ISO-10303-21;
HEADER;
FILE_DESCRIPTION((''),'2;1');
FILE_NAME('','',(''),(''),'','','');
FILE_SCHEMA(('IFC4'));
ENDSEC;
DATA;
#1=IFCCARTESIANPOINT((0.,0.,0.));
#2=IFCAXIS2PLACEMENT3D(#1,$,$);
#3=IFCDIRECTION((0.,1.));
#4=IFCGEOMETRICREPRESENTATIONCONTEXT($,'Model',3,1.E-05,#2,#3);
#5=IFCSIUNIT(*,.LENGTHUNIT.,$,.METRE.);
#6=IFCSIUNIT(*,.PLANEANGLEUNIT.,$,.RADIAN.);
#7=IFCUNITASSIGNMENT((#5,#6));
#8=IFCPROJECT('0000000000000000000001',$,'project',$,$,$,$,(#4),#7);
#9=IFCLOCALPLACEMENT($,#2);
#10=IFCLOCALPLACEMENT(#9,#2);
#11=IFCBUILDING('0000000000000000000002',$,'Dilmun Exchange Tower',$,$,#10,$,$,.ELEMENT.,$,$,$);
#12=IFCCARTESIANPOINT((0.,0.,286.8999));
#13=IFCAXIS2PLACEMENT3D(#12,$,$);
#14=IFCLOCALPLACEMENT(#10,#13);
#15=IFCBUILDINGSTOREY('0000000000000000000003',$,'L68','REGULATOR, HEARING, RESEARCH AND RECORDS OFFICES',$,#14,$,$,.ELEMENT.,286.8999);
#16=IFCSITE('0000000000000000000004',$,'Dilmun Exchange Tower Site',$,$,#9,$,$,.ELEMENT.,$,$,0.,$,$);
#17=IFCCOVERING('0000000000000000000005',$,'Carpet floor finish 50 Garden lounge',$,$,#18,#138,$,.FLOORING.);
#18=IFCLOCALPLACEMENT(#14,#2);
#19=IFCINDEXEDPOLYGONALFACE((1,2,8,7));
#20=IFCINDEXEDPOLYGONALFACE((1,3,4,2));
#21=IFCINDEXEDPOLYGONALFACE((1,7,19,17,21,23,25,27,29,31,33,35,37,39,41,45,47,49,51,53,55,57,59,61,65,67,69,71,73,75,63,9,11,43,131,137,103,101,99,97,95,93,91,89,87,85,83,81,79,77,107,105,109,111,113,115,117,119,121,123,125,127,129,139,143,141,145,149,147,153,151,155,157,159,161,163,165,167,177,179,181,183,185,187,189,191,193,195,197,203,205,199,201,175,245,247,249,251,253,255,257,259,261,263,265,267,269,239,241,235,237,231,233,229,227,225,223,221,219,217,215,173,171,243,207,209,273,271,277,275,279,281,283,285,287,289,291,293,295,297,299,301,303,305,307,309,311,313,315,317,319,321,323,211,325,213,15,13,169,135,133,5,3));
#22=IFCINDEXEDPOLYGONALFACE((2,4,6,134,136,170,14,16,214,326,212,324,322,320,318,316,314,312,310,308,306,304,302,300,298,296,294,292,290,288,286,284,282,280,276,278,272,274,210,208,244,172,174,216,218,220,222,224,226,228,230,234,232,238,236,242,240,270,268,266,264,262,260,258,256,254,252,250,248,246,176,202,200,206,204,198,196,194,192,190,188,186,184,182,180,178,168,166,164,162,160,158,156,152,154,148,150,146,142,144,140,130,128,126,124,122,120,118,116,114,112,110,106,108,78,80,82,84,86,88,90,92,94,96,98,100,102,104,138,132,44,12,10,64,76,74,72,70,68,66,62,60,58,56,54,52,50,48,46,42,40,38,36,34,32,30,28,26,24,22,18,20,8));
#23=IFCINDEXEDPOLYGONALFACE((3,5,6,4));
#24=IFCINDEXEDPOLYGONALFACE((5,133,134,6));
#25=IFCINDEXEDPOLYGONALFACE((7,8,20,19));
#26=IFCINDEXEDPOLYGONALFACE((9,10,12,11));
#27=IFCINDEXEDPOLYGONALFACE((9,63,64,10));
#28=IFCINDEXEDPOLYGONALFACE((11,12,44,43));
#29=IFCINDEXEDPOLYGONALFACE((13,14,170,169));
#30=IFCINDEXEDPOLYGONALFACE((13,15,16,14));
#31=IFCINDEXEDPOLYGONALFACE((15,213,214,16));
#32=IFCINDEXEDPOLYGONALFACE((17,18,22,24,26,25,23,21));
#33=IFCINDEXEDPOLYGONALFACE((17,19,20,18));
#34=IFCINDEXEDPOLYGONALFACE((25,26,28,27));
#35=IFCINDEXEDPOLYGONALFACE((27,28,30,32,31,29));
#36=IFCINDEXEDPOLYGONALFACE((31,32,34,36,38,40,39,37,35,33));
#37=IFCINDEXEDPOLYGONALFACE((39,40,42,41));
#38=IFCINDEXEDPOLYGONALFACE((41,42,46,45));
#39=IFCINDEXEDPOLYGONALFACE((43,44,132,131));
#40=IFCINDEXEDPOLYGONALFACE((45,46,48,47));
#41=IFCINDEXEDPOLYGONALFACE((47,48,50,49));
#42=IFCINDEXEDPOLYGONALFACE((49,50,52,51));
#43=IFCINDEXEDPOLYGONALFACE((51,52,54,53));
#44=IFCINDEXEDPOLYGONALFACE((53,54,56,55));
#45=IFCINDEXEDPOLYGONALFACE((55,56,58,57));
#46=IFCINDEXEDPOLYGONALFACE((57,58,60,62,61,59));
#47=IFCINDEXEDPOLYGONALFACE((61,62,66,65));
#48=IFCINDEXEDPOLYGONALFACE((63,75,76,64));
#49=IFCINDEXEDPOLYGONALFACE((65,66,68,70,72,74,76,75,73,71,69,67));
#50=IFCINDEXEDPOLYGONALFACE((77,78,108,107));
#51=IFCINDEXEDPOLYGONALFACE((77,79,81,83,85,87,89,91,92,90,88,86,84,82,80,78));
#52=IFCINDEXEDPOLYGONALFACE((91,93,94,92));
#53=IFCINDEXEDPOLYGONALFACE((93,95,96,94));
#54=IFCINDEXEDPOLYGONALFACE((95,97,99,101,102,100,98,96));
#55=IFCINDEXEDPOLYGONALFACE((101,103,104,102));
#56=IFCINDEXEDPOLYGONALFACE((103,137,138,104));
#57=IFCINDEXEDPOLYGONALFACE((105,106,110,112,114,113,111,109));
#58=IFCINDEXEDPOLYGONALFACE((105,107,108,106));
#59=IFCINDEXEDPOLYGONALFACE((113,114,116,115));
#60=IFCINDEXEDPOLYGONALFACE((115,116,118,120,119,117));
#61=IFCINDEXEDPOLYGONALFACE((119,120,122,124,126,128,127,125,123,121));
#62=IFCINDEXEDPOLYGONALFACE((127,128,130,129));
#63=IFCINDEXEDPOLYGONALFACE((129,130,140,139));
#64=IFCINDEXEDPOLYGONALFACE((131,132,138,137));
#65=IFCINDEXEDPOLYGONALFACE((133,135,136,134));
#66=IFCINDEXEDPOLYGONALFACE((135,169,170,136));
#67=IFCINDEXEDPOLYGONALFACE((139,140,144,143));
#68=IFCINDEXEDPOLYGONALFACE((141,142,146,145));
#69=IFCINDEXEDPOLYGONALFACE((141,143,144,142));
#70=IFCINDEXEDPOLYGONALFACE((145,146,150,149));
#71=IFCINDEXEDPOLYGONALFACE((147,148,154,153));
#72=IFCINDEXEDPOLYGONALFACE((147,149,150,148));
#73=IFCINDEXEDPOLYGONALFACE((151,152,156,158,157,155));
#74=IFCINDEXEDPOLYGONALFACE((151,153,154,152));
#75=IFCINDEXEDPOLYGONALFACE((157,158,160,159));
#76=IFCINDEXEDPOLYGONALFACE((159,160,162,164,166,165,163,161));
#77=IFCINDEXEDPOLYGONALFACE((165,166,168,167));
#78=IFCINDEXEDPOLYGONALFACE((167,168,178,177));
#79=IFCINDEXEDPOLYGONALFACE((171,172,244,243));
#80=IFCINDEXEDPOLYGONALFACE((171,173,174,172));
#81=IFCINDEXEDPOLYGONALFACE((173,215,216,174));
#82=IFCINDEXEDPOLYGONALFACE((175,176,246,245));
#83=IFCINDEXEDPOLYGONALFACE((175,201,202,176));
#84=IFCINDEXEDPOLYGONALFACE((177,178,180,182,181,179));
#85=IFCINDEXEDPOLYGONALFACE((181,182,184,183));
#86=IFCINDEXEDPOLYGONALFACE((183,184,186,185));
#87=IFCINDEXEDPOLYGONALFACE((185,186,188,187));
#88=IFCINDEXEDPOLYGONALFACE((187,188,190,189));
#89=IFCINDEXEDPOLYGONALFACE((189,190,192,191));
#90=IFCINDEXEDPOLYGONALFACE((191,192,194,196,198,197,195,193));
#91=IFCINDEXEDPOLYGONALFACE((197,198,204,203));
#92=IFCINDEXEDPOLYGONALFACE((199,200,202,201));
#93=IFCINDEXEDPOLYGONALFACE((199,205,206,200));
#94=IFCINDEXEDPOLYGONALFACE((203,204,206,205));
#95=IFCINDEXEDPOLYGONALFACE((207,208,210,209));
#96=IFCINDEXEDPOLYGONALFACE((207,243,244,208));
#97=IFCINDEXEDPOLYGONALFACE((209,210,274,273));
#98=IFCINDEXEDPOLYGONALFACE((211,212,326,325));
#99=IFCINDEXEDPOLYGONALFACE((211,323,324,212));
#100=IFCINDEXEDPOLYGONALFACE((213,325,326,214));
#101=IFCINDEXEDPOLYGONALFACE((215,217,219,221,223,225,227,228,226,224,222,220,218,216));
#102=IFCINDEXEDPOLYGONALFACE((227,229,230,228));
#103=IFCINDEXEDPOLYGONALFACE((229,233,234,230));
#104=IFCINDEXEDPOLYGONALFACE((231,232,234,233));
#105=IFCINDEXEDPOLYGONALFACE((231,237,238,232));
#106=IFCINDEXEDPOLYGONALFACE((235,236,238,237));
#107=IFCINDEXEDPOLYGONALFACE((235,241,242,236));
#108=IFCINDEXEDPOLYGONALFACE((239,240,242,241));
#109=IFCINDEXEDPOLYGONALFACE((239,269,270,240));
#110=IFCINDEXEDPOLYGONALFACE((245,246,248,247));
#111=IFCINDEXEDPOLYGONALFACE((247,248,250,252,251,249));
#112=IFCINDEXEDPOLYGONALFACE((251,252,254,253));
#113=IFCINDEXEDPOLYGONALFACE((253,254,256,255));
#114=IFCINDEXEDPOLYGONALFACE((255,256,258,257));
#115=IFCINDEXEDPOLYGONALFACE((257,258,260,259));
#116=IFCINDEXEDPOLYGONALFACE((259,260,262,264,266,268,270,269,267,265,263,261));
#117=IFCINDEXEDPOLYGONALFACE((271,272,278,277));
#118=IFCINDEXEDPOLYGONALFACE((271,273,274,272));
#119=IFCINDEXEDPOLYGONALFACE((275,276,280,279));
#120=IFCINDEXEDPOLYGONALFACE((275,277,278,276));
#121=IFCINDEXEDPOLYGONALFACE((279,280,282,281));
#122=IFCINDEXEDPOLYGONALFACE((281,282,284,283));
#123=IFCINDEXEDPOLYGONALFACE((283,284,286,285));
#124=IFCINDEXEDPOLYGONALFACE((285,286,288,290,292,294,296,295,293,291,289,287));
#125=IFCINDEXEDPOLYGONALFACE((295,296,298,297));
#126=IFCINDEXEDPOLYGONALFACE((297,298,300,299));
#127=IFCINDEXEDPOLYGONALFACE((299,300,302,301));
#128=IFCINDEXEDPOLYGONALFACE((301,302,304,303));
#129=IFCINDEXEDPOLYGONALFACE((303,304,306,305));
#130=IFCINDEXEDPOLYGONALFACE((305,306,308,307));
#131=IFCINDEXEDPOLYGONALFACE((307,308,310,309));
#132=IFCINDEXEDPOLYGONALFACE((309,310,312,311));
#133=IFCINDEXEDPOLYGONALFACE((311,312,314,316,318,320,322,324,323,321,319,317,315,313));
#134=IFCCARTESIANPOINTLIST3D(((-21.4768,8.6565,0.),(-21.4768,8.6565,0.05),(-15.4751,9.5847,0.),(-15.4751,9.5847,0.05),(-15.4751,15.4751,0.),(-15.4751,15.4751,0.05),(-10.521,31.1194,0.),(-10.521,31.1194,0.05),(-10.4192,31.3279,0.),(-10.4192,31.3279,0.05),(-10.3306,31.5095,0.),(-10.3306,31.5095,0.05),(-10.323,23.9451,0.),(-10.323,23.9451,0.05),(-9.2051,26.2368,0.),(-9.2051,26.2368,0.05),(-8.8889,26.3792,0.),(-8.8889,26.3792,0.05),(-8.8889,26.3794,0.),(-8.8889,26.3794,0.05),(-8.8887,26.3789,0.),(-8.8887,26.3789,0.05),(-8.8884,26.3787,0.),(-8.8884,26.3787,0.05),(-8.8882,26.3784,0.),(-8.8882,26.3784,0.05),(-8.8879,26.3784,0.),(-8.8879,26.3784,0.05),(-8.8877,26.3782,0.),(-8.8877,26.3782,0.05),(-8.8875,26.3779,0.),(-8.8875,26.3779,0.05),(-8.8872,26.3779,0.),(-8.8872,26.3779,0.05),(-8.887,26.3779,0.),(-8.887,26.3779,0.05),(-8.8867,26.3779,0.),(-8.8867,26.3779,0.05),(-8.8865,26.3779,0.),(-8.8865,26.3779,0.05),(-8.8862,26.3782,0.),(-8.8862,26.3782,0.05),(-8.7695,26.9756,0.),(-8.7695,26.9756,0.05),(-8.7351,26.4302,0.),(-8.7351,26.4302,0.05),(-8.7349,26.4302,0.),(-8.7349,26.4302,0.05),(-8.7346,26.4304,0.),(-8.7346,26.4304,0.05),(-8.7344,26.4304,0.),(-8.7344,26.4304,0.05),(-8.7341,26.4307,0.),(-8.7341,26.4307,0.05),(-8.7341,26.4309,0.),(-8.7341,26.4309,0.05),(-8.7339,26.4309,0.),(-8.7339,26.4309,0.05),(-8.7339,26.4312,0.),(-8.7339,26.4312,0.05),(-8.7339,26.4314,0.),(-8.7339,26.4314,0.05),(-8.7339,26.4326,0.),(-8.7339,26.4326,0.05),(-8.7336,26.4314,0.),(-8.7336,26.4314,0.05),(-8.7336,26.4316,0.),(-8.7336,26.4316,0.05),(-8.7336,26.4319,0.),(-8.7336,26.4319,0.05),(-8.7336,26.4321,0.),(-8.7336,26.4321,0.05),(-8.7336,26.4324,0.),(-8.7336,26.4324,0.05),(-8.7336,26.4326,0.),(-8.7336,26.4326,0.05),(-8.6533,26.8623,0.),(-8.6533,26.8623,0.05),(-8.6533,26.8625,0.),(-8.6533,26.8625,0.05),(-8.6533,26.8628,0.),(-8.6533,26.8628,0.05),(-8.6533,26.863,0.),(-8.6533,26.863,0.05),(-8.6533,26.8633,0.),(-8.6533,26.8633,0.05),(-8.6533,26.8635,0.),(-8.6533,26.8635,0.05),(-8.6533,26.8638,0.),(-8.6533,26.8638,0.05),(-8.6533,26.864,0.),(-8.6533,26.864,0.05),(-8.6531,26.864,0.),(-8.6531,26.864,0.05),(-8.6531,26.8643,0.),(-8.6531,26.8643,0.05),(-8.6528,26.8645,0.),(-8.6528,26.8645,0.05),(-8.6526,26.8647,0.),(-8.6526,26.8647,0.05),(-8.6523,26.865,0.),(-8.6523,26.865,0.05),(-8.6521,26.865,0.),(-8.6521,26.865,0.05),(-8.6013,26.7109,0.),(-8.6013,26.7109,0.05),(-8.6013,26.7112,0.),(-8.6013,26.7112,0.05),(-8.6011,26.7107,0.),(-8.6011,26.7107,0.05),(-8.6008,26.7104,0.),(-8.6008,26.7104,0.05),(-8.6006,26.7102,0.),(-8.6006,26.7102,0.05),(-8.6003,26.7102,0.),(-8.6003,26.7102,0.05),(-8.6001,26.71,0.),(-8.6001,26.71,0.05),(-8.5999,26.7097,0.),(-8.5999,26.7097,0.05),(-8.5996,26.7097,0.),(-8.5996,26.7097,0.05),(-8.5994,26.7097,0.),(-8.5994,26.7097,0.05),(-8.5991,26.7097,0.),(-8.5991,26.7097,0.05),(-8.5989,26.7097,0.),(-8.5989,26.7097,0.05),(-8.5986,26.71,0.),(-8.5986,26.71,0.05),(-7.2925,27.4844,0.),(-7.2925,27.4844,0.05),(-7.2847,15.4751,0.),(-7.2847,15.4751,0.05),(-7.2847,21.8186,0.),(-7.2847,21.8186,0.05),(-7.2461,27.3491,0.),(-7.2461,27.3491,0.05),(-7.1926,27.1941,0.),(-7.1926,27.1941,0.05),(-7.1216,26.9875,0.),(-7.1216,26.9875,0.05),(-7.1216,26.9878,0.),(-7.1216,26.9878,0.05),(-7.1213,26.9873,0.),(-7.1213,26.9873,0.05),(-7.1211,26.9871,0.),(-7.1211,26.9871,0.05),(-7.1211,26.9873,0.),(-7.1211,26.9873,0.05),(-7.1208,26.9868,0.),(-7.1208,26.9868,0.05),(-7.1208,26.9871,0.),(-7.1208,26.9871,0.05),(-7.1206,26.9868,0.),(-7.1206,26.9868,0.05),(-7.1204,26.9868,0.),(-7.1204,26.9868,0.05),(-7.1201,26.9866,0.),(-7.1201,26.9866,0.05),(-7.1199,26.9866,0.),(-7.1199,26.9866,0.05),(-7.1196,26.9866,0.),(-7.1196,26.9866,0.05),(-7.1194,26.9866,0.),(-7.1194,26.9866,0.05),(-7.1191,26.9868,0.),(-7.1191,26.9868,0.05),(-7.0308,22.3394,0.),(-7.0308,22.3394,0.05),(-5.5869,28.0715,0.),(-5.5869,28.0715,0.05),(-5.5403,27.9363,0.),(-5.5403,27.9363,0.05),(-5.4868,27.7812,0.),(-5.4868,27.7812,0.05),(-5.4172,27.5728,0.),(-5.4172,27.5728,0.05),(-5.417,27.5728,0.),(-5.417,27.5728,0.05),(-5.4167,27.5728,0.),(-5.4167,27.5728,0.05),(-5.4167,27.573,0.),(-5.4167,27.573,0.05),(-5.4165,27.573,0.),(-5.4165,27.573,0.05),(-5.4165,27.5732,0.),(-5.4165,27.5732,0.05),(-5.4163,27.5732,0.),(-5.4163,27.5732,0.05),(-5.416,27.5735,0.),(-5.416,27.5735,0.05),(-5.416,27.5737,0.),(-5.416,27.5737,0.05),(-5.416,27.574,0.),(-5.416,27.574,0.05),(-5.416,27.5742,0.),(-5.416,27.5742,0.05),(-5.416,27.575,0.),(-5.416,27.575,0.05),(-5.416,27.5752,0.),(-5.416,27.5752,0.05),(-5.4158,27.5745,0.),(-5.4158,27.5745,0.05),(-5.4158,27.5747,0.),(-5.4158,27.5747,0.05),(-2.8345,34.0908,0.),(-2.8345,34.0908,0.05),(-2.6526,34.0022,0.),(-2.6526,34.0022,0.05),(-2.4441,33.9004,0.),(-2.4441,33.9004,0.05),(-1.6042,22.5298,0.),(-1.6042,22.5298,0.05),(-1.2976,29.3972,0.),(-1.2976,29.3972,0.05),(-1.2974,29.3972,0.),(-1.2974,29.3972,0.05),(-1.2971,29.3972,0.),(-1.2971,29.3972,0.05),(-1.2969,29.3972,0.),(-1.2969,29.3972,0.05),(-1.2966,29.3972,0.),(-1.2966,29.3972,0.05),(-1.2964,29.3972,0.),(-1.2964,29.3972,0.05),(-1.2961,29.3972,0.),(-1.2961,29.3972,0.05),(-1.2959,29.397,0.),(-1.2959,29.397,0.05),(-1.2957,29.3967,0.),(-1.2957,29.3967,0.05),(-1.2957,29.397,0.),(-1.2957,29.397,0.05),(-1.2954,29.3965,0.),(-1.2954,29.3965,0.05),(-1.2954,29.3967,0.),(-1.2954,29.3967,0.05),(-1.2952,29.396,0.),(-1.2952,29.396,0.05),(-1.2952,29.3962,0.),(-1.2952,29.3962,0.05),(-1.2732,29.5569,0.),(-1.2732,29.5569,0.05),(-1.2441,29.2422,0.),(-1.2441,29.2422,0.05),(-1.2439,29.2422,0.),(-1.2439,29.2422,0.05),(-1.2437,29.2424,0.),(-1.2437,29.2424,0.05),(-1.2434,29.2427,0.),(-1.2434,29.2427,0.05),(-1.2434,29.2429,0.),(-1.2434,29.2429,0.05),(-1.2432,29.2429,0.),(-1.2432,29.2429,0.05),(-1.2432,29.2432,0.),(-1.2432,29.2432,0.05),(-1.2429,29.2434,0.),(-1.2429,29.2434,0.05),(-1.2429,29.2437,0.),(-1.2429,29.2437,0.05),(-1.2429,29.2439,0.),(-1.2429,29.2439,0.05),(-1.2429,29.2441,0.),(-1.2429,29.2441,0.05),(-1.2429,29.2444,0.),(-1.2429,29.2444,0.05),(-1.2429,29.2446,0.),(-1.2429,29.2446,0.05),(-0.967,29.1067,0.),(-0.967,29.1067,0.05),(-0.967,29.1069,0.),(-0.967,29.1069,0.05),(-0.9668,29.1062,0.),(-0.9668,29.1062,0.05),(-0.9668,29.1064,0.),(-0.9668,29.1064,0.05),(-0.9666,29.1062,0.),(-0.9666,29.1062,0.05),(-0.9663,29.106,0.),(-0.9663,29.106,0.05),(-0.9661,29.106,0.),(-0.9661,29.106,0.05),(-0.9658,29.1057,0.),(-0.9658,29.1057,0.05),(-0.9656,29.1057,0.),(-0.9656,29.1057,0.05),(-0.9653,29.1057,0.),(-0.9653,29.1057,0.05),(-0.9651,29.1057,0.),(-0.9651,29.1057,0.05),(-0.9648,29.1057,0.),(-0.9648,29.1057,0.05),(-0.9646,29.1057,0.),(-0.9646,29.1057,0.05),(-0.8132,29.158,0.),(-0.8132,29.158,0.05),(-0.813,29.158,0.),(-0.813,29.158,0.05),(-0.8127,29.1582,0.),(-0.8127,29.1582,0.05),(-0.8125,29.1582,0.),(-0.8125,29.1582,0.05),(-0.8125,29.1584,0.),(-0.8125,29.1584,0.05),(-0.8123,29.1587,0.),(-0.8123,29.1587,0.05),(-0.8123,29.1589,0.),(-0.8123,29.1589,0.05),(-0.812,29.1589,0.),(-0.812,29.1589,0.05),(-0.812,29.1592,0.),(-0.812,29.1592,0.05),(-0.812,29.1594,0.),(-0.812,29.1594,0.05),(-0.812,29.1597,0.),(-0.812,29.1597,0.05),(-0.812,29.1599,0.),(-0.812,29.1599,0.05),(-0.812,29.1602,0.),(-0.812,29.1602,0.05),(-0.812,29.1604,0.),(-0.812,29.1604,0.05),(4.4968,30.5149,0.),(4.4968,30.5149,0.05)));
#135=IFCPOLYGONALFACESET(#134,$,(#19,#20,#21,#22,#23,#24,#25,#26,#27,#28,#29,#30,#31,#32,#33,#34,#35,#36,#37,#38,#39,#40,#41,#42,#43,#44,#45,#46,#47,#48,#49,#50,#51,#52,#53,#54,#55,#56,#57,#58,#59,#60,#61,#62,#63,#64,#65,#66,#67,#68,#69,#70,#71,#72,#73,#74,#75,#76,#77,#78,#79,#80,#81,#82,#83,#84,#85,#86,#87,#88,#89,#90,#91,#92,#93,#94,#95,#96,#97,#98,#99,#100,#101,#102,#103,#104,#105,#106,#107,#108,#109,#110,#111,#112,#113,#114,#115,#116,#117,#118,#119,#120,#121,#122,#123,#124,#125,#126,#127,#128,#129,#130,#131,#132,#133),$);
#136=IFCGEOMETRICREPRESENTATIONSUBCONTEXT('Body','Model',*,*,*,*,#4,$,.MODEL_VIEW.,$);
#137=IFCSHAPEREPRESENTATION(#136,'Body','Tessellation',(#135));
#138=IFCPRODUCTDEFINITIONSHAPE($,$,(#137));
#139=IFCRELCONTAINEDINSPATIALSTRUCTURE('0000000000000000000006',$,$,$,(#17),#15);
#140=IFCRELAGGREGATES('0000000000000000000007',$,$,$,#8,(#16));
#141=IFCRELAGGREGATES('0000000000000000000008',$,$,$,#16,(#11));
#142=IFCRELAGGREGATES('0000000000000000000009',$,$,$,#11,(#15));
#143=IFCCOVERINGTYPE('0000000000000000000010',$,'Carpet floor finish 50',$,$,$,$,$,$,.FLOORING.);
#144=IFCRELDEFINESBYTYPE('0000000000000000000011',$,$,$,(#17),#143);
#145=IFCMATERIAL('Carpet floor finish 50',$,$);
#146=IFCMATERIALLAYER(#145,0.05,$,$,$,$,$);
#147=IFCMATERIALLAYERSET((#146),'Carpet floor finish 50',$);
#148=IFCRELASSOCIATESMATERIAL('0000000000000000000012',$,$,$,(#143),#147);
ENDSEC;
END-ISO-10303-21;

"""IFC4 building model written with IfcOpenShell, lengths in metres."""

from ifc_helpers import new_model, si_unit, direction, frame, origin, place, context, subcontext, project, spatial, polyline, outline, extrude, material, layer, layer_set, type_object, element, save


model = new_model("IFC4")

# Units and contexts
model_context = context("Model", 3, precision=1e-05, world=origin(), true_north=direction((0.0, 1.0)))
body_context = subcontext(model_context, "Body", "Model", "MODEL_VIEW")
ifc_project = project(units=[si_unit("LENGTHUNIT", "METRE"), si_unit("PLANEANGLEUNIT", "RADIAN")], contexts=[model_context])

# Site, building, storey
site_placement = place(None, origin())
site = spatial("IfcSite", under=ifc_project, at=site_placement, Name="Dilmun Exchange Tower Site", CompositionType="ELEMENT", RefElevation=0.0)
building_placement = place(site_placement, origin())
building = spatial("IfcBuilding", under=site, at=building_placement, Name="Dilmun Exchange Tower", CompositionType="ELEMENT")
storey_placement = place(building_placement, frame((0.0, 0.0, 286.8999)))
storey = spatial("IfcBuildingStorey", under=building, at=storey_placement, Name="L68", Description="REGULATOR, HEARING, RESEARCH AND RECORDS OFFICES", CompositionType="ELEMENT", Elevation=286.8999)

# Covering
ifc_material_1 = material(Name="Carpet floor finish 50")
ifc_layer_1 = layer(ifc_material_1, 0.05)
ifc_layer_set_1 = layer_set([ifc_layer_1], Name="Carpet floor finish 50")
covering_type_1 = type_object("IfcCoveringType", Name="Carpet floor finish 50", PredefinedType="FLOORING", material=ifc_layer_set_1)
covering_1_placement = place(storey_placement, origin())
element("IfcCovering", 1, at=covering_1_placement, inside=storey, type_object=covering_type_1, Name="Carpet floor finish 50 Garden lounge", PredefinedType="FLOORING", context=body_context, shape_type="SweptSolid", body=[
    extrude(outline(polyline([(-15.4751, 9.5847), (-21.4768, 8.6565), (-10.521, 31.1194), (-8.8889, 26.3794), (-8.8889, 26.3792), (-8.8887, 26.3789), (-8.8887, 26.3789), (-8.8884, 26.3787), (-8.8882, 26.3784), (-8.8882, 26.3784), (-8.8879, 26.3784), (-8.8877, 26.3782), (-8.8877, 26.3782), (-8.8875, 26.3779), (-8.8872, 26.3779), (-8.8872, 26.3779), (-8.887, 26.3779), (-8.8867, 26.3779), (-8.8865, 26.3779), (-8.8862, 26.3782), (-8.7351, 26.4302), (-8.7349, 26.4302), (-8.7346, 26.4304), (-8.7346, 26.4304), (-8.7344, 26.4304), (-8.7341, 26.4307), (-8.7341, 26.4309), (-8.7339, 26.4309), (-8.7339, 26.4312), (-8.7339, 26.4314), (-8.7336, 26.4314), (-8.7336, 26.4316), (-8.7336, 26.4319), (-8.7336, 26.4321), (-8.7336, 26.4324), (-8.7336, 26.4326), (-8.7339, 26.4326), (-10.4192, 31.3279), (-10.3306, 31.5095), (-8.7695, 26.9756), (-7.2925, 27.4844), (-7.2461, 27.3491), (-8.6521, 26.865), (-8.6523, 26.865), (-8.6526, 26.8647), (-8.6526, 26.8647), (-8.6528, 26.8645), (-8.6528, 26.8645), (-8.6531, 26.8643), (-8.6531, 26.864), (-8.6533, 26.864), (-8.6533, 26.8638), (-8.6533, 26.8635), (-8.6533, 26.8633), (-8.6533, 26.8633), (-8.6533, 26.863), (-8.6533, 26.8628), (-8.6533, 26.8625), (-8.6533, 26.8623), (-8.6013, 26.7112), (-8.6013, 26.7109), (-8.6011, 26.7107), (-8.6011, 26.7107), (-8.6008, 26.7104), (-8.6006, 26.7102), (-8.6006, 26.7102), (-8.6003, 26.7102), (-8.6001, 26.71), (-8.6001, 26.71), (-8.5999, 26.7097), (-8.5996, 26.7097), (-8.5996, 26.7097), (-8.5994, 26.7097), (-8.5991, 26.7097), (-8.5989, 26.7097), (-8.5986, 26.71), (-7.1926, 27.1941), (-7.1216, 26.9878), (-7.1216, 26.9878), (-7.1216, 26.9875), (-7.1213, 26.9873), (-7.1211, 26.9873), (-7.1211, 26.9871), (-7.1208, 26.9871), (-7.1208, 26.9868), (-7.1206, 26.9868), (-7.1204, 26.9868), (-7.1201, 26.9866), (-7.1201, 26.9866), (-7.1199, 26.9866), (-7.1196, 26.9866), (-7.1194, 26.9866), (-7.1194, 26.9866), (-7.1191, 26.9868), (-5.4172, 27.5728), (-5.417, 27.5728), (-5.4167, 27.5728), (-5.4167, 27.573), (-5.4165, 27.573), (-5.4165, 27.5732), (-5.4163, 27.5732), (-5.416, 27.5735), (-5.416, 27.5737), (-5.416, 27.5737), (-5.416, 27.574), (-5.416, 27.5742), (-5.4158, 27.5745), (-5.4158, 27.5747), (-5.4158, 27.5747), (-5.416, 27.575), (-5.416, 27.5752), (-5.4868, 27.7812), (-1.2441, 29.2422), (-1.2439, 29.2422), (-1.2439, 29.2422), (-1.2437, 29.2424), (-1.2434, 29.2427), (-1.2434, 29.2427), (-1.2434, 29.2429), (-1.2432, 29.2429), (-1.2432, 29.2432), (-1.2429, 29.2434), (-1.2429, 29.2434), (-1.2429, 29.2437), (-1.2429, 29.2439), (-1.2429, 29.2441), (-1.2429, 29.2444), (-1.2429, 29.2444), (-1.2429, 29.2446), (-1.2952, 29.396), (-1.2952, 29.3962), (-1.2952, 29.3962), (-1.2954, 29.3965), (-1.2954, 29.3967), (-1.2957, 29.3967), (-1.2957, 29.397), (-1.2959, 29.397), (-1.2961, 29.3972), (-1.2961, 29.3972), (-1.2964, 29.3972), (-1.2966, 29.3972), (-1.2969, 29.3972), (-1.2971, 29.3972), (-1.2971, 29.3972), (-1.2974, 29.3972), (-1.2976, 29.3972), (-5.5403, 27.9363), (-5.5869, 28.0715), (-1.2732, 29.5569), (-2.8345, 34.0908), (-2.6526, 34.0022), (-0.967, 29.1069), (-0.967, 29.1067), (-0.967, 29.1067), (-0.9668, 29.1064), (-0.9668, 29.1062), (-0.9666, 29.1062), (-0.9666, 29.1062), (-0.9663, 29.106), (-0.9661, 29.106), (-0.9658, 29.1057), (-0.9658, 29.1057), (-0.9656, 29.1057), (-0.9653, 29.1057), (-0.9651, 29.1057), (-0.9651, 29.1057), (-0.9648, 29.1057), (-0.9646, 29.1057), (-0.8132, 29.158), (-0.813, 29.158), (-0.813, 29.158), (-0.8127, 29.1582), (-0.8125, 29.1582), (-0.8125, 29.1584), (-0.8125, 29.1584), (-0.8123, 29.1587), (-0.8123, 29.1589), (-0.812, 29.1589), (-0.812, 29.1592), (-0.812, 29.1594), (-0.812, 29.1597), (-0.812, 29.1599), (-0.812, 29.1599), (-0.812, 29.1602), (-0.812, 29.1604), (-2.4441, 33.9004), (4.4968, 30.5149), (-1.6042, 22.5298), (-9.2051, 26.2368), (-10.323, 23.9451), (-7.0308, 22.3394), (-7.2847, 21.8186), (-7.2847, 15.4751), (-15.4751, 15.4751), (-15.4751, 9.5847)])), origin(), (0.0, 0.0, 1.0), 0.05),
])

save(model, "model.ifc")
